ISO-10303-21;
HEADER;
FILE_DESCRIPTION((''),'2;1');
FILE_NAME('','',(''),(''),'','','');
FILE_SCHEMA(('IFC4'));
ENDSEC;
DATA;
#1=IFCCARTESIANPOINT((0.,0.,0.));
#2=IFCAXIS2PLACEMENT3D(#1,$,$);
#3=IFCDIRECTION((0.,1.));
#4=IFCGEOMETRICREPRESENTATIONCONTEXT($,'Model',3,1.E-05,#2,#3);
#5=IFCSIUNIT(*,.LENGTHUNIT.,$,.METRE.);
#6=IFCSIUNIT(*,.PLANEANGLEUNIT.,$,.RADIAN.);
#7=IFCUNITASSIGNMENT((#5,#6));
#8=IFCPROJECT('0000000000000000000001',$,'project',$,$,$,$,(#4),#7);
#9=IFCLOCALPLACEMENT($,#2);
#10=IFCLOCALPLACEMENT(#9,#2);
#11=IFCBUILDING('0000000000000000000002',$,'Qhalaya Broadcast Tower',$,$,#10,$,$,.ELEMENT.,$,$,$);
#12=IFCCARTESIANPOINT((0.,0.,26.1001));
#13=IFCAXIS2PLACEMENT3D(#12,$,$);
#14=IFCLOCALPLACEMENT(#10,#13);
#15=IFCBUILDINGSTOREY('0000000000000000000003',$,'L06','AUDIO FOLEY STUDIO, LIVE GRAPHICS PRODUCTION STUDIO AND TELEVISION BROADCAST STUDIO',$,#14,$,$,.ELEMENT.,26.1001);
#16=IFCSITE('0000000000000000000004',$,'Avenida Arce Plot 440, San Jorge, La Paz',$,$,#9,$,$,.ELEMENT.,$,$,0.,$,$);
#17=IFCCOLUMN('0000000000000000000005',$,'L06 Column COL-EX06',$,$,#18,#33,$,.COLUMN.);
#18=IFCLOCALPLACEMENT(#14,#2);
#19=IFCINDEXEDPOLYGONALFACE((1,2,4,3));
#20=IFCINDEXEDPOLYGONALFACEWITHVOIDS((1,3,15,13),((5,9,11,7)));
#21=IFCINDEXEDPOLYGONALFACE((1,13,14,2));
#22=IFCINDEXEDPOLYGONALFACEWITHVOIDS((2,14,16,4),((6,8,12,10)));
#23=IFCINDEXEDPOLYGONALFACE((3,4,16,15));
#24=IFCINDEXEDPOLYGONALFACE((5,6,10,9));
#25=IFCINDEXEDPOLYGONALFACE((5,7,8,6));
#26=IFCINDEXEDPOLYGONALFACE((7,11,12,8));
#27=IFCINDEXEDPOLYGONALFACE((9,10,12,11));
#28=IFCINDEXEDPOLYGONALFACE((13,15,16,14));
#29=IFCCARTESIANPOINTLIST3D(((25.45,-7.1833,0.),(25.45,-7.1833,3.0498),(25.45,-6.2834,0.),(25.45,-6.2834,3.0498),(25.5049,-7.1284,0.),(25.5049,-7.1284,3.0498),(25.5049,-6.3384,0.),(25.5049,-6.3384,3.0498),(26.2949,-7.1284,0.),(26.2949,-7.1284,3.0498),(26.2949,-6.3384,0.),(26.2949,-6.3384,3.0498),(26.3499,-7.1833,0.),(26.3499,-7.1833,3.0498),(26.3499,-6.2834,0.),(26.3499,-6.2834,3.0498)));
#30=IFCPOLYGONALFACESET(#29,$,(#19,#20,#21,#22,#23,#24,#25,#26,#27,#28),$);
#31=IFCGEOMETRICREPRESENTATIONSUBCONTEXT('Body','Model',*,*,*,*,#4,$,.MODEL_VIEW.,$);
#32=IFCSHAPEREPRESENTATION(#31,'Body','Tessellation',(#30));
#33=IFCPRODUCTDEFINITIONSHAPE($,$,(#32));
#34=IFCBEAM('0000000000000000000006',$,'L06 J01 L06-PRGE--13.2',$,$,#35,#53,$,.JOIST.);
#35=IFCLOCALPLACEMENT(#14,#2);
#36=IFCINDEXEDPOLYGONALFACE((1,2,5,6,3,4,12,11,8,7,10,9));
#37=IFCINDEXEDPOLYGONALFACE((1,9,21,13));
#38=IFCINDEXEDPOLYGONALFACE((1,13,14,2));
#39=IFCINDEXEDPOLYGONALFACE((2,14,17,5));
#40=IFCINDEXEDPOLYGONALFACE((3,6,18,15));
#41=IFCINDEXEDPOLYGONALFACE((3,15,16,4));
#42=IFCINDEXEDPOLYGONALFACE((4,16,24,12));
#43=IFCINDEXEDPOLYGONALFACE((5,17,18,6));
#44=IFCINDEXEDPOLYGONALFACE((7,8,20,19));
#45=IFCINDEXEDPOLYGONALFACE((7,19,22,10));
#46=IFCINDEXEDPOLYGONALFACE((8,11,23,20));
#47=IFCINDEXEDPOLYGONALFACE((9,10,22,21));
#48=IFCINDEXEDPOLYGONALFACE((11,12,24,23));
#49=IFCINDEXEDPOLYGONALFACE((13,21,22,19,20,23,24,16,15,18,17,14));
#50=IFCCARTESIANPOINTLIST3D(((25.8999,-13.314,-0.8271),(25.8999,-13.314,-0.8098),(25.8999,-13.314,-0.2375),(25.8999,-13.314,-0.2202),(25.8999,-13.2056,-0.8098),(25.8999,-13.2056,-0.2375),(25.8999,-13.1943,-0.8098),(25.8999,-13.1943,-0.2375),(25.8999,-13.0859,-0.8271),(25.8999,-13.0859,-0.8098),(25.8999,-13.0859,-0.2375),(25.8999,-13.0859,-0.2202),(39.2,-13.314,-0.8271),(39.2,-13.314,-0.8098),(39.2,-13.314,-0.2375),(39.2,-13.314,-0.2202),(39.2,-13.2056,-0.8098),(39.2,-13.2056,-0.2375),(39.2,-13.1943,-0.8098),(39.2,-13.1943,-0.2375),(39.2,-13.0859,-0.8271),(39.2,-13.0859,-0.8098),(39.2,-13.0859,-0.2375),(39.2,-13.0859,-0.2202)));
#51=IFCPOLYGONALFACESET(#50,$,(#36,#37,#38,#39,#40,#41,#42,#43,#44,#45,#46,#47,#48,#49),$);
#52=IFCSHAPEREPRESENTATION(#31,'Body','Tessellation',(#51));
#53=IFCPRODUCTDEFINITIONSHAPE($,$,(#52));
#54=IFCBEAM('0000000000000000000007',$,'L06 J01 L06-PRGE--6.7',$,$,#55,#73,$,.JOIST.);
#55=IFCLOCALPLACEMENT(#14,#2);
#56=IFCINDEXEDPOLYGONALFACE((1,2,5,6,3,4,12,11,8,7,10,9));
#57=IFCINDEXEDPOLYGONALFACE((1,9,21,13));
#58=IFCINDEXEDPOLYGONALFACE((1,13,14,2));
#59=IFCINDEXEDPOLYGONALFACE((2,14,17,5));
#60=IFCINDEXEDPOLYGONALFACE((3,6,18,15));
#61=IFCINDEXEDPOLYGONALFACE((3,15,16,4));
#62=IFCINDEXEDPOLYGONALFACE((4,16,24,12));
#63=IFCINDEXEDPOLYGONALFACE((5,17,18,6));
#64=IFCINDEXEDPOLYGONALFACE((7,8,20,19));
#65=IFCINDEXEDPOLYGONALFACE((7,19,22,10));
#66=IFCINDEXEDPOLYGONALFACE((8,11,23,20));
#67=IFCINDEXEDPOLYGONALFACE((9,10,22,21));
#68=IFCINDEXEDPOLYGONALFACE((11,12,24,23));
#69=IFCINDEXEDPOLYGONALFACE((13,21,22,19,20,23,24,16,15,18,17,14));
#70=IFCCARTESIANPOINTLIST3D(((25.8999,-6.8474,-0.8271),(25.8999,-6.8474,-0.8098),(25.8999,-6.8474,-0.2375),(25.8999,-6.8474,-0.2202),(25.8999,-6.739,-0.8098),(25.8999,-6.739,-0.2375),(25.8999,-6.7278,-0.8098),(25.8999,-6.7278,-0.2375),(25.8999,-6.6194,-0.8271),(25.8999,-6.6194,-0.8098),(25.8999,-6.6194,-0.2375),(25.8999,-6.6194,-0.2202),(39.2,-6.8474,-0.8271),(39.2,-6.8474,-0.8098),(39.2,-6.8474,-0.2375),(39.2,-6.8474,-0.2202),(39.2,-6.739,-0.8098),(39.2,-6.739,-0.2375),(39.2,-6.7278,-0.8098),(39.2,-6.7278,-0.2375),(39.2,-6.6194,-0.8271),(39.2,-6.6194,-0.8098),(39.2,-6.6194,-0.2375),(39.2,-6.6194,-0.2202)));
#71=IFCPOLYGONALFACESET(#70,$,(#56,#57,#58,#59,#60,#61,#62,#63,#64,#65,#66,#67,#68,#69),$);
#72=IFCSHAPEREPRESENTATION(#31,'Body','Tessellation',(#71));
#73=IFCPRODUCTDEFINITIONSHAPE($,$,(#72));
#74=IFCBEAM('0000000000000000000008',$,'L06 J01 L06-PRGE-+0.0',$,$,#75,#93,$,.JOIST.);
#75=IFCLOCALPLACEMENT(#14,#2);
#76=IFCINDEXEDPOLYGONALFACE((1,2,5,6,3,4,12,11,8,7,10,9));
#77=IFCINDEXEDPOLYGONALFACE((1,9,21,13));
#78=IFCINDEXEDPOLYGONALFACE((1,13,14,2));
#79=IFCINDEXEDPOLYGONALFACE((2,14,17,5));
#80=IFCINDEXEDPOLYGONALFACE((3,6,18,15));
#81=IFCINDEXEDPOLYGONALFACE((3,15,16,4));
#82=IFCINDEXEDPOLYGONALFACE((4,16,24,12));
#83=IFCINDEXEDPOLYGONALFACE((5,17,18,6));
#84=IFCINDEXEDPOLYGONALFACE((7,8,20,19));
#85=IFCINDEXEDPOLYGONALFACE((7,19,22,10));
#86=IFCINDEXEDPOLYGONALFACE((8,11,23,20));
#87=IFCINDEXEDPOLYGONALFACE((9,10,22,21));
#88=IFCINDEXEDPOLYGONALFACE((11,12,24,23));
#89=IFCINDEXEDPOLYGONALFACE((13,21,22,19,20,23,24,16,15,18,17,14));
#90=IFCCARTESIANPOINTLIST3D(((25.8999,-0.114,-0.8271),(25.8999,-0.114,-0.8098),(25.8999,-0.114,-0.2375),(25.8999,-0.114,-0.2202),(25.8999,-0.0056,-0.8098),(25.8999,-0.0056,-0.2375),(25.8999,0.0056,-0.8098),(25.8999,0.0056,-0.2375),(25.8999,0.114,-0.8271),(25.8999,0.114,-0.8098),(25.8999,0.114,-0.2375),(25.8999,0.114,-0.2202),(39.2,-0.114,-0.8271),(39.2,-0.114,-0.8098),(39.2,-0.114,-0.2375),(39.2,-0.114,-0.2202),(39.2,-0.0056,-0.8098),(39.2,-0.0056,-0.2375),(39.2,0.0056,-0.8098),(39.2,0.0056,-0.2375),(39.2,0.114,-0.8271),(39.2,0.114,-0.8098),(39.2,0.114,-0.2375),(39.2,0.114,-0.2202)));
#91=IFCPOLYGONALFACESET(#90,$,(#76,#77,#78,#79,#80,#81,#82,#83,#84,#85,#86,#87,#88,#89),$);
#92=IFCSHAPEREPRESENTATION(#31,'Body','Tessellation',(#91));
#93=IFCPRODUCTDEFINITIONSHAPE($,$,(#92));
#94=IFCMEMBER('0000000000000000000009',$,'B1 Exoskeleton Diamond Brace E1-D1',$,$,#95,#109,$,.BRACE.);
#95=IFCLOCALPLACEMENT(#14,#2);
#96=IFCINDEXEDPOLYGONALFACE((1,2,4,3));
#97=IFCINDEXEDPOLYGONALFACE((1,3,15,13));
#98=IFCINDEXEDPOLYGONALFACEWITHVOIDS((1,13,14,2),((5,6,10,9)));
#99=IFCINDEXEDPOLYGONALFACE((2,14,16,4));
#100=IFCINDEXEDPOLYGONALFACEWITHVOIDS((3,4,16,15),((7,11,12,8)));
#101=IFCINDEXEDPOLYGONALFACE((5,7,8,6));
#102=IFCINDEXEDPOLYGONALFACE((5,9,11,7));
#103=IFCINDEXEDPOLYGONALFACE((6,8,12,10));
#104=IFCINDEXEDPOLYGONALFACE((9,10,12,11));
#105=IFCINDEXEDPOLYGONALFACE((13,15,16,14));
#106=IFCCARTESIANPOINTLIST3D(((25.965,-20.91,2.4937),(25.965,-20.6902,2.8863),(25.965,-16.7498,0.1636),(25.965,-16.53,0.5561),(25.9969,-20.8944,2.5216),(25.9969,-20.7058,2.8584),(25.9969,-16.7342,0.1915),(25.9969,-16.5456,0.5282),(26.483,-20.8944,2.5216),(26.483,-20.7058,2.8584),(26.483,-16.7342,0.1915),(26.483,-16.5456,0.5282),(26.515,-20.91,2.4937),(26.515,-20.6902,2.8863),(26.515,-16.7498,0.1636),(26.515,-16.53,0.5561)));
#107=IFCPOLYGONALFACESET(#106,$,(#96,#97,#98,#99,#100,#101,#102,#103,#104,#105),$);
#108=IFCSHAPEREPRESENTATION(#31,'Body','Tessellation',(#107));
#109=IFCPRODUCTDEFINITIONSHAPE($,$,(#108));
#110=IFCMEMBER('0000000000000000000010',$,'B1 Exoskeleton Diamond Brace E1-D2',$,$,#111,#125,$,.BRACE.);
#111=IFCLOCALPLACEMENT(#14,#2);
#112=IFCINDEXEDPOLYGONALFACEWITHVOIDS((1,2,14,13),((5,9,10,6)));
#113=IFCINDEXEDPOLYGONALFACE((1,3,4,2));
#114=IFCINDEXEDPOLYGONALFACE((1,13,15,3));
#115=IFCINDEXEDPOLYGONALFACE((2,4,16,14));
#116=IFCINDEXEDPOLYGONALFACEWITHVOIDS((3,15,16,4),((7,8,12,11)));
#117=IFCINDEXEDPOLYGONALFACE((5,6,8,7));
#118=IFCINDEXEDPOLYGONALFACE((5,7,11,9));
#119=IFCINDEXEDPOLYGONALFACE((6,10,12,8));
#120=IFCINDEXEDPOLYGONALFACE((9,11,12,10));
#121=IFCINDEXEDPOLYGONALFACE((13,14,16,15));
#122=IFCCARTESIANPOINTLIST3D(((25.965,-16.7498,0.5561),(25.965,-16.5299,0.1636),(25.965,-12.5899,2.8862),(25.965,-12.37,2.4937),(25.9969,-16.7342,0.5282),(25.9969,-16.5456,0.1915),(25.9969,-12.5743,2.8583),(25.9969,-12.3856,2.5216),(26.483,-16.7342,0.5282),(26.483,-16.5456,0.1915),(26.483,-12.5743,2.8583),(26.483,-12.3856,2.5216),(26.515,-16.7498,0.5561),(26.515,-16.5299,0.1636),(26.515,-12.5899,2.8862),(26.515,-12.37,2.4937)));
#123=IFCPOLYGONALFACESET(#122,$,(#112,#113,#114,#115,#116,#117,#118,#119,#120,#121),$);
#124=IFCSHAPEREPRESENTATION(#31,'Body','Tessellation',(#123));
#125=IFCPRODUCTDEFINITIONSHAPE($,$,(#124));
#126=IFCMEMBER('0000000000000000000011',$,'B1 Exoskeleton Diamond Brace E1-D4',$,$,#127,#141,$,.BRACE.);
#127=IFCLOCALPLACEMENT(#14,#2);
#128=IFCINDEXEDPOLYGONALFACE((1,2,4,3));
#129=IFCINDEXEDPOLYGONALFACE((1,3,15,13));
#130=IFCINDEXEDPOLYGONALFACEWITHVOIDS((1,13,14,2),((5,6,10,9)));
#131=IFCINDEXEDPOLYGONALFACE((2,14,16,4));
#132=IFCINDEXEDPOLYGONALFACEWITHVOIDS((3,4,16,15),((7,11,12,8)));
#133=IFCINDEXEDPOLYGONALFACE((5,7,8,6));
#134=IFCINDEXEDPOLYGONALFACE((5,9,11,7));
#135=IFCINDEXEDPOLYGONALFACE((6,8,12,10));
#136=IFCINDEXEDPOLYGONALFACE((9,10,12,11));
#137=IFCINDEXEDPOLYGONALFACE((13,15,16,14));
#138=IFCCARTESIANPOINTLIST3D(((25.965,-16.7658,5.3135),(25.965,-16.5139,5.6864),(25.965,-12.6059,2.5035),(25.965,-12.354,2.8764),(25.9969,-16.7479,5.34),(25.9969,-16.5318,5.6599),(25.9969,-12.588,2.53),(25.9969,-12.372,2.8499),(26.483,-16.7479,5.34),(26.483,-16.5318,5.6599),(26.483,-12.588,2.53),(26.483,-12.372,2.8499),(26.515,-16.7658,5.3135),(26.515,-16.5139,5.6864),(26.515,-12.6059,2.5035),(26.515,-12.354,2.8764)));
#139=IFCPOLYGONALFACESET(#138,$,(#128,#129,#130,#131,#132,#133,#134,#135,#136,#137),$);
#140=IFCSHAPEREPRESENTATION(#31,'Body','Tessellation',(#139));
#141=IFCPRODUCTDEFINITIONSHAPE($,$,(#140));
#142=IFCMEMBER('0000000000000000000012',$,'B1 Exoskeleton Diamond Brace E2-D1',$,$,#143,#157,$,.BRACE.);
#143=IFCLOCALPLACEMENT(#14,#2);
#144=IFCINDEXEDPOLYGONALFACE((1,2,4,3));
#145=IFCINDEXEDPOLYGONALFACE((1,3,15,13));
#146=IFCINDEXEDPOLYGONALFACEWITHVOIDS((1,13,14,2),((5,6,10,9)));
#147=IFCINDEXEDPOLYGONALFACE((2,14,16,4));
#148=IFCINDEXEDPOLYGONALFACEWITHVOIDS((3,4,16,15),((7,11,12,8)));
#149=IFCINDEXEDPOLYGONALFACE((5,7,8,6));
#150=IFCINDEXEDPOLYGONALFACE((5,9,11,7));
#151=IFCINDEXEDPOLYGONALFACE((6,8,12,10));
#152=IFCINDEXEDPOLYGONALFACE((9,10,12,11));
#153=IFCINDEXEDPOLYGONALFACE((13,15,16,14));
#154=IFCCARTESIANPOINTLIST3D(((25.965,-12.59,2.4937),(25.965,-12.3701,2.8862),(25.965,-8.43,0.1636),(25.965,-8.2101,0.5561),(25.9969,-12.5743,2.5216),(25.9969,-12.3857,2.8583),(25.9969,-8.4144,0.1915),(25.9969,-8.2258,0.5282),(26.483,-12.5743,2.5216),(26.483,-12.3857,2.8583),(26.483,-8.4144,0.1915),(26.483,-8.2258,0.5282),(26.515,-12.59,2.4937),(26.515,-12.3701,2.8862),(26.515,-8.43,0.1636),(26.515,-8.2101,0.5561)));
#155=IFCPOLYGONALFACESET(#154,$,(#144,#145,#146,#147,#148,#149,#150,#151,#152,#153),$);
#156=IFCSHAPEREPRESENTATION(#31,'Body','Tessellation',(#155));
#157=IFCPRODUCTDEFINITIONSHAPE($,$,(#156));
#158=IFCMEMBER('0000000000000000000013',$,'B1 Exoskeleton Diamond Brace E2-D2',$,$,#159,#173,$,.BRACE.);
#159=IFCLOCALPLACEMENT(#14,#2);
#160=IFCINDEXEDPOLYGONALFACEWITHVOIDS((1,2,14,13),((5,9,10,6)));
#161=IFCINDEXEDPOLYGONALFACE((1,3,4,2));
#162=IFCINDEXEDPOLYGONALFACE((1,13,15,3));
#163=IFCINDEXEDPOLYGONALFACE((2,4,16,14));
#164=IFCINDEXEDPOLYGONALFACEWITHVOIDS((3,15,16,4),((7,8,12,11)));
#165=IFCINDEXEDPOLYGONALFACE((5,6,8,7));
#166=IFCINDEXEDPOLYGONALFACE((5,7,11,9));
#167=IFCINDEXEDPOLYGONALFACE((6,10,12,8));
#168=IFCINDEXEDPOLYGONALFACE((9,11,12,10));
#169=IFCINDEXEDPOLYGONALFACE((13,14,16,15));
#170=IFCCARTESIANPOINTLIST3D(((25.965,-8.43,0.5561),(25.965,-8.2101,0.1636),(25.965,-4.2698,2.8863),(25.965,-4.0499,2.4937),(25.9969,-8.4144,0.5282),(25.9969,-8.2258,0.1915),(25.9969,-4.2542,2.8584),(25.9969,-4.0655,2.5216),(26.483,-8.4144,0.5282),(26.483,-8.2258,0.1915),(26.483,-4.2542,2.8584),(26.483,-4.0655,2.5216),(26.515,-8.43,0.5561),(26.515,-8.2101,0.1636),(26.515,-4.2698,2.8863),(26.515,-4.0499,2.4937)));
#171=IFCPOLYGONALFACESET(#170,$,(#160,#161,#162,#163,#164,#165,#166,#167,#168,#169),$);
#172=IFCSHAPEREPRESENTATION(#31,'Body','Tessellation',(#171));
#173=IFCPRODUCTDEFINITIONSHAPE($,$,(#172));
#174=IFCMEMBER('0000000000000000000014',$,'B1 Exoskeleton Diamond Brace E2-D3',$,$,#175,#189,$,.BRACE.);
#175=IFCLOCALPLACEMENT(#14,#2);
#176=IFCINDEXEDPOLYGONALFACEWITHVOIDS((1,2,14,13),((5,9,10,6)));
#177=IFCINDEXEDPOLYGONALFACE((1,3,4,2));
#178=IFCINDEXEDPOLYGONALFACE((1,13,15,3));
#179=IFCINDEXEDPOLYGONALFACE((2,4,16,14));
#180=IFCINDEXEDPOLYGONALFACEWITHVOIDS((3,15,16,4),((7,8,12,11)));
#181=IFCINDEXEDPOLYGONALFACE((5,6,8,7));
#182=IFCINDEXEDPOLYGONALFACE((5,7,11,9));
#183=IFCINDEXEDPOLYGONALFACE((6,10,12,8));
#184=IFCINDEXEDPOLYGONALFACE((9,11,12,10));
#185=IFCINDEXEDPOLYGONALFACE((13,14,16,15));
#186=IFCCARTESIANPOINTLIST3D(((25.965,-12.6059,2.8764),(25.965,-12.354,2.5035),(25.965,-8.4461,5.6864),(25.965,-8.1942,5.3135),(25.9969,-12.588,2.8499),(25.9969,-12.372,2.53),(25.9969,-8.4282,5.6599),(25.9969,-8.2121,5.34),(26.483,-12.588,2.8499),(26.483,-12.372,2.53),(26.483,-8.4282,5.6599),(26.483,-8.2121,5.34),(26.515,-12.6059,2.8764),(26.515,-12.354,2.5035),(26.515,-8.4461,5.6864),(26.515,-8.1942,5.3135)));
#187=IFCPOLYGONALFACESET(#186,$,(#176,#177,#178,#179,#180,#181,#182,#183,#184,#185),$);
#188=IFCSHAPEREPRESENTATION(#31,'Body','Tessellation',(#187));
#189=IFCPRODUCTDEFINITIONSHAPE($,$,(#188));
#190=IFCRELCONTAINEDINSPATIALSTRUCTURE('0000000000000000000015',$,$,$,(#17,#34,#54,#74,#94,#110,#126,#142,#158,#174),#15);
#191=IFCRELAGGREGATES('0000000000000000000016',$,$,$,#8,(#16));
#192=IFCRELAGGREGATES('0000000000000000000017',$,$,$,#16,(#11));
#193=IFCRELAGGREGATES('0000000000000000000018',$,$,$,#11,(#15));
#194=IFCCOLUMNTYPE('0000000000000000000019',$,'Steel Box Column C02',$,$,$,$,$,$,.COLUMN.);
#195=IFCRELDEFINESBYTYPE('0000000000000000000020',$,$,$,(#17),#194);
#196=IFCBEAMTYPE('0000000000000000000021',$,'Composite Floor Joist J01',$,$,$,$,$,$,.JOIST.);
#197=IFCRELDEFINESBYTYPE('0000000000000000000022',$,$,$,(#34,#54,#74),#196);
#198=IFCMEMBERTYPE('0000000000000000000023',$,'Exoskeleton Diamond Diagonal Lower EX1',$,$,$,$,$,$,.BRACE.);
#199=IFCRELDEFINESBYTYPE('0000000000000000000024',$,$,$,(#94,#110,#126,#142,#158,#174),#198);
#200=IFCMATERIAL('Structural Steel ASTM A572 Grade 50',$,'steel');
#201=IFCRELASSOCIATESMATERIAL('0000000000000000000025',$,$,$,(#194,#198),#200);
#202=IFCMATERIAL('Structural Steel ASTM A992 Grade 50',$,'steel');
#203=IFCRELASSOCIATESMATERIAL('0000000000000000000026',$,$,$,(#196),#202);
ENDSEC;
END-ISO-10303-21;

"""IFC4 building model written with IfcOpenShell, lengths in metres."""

from ifc_helpers import new_model, si_unit, direction, frame, origin, origin_2d, place, context, subcontext, project, spatial, hollow_rectangle, i_section, extrude, material, material_profile, profile_set, type_object, element, save


model = new_model("IFC4")

# Units and contexts
model_context = context("Model", 3, precision=1e-05, world=origin(), true_north=direction((0.0, 1.0)))
body_context = subcontext(model_context, "Body", "Model", "MODEL_VIEW")
ifc_project = project(units=[si_unit("LENGTHUNIT", "METRE"), si_unit("PLANEANGLEUNIT", "RADIAN")], contexts=[model_context])

# Site, building, storey
site_placement = place(None, origin())
site = spatial("IfcSite", under=ifc_project, at=site_placement, Name="Avenida Arce Plot 440, San Jorge, La Paz", CompositionType="ELEMENT", RefElevation=0.0)
building_placement = place(site_placement, origin())
building = spatial("IfcBuilding", under=site, at=building_placement, Name="Qhalaya Broadcast Tower", CompositionType="ELEMENT")
storey_placement = place(building_placement, frame((0.0, 0.0, 26.1001)))
storey = spatial("IfcBuildingStorey", under=building, at=storey_placement, Name="L06", Description="AUDIO FOLEY STUDIO, LIVE GRAPHICS PRODUCTION STUDIO AND TELEVISION BROADCAST STUDIO", CompositionType="ELEMENT", Elevation=26.1001)

# Column
ifc_material_1 = material(Name="Structural Steel ASTM A572 Grade 50", Category="steel")
ifc_material_profile_1 = material_profile(ifc_material_1, hollow_rectangle(XDim=0.8999, YDim=0.8999, WallThickness=0.0549, at=origin_2d()), Name="BOX 900x900x55")
ifc_profile_set_1 = profile_set([ifc_material_profile_1], Name="Structural Steel ASTM A572 Grade 50")
column_type = type_object("IfcColumnType", Name="Steel Box Column C02", PredefinedType="COLUMN", material=ifc_profile_set_1)
column_placement = place(storey_placement, frame((25.8999, -6.7334, 0.0), z_axis=(0.0, 0.0, 1.0), x_axis=(0.0, 1.0, 0.0)))
element("IfcColumn", 1, at=column_placement, inside=storey, type_object=column_type, Name="L06 Column COL-EX06", PredefinedType="COLUMN", context=body_context, shape_type="SweptSolid", body=[
    extrude(hollow_rectangle(XDim=0.8999, YDim=0.8999, WallThickness=0.0549, at=origin_2d()), origin(), (0.0, 0.0, 1.0), 3.0498),
])

# Beams
ifc_material_2 = material(Name="Structural Steel ASTM A992 Grade 50", Category="steel")
ifc_material_profile_2 = material_profile(ifc_material_2, i_section(OverallWidth=0.228, OverallDepth=0.6069, WebThickness=0.0112, FlangeThickness=0.0173, at=origin_2d()), Name="W24X76")
ifc_profile_set_2 = profile_set([ifc_material_profile_2], Name="Structural Steel ASTM A992 Grade 50")
beam_type_1 = type_object("IfcBeamType", Name="Composite Floor Joist J01", PredefinedType="JOIST", material=ifc_profile_set_2)
for number, where, z_axis, x_axis, name in (
    (2, (25.8999, -13.2, -0.5237), (1.0, 0.0, 0.0), (0.0, 1.0, 0.0), "L06 J01 L06-PRGE--13.2"),
    (3, (25.8999, -6.7334, -0.5237), (1.0, 0.0, 0.0), (0.0, 1.0, 0.0), "L06 J01 L06-PRGE--6.7"),
    (4, (25.8999, 0.0, -0.5237), (1.0, 0.0, 0.0), (0.0, 1.0, 0.0), "L06 J01 L06-PRGE-+0.0"),
):
    element("IfcBeam", number, at=place(storey_placement, frame(where, z_axis=z_axis, x_axis=x_axis)), inside=storey, type_object=beam_type_1, Name=name, PredefinedType="JOIST", context=body_context, shape_type="SweptSolid", body=[
        extrude(i_section(OverallWidth=0.228, OverallDepth=0.6069, WebThickness=0.0112, FlangeThickness=0.0173, at=origin_2d()), origin(), (0.0, 0.0, 1.0), 13.3),
    ])

# Members
ifc_material_profile_3 = material_profile(ifc_material_1, hollow_rectangle(XDim=0.45, YDim=0.55, WallThickness=0.032, at=origin_2d()), Name="BOX 450x550x32")
ifc_profile_set_3 = profile_set([ifc_material_profile_3], Name="Structural Steel ASTM A572 Grade 50")
member_type = type_object("IfcMemberType", Name="Exoskeleton Diamond Diagonal Lower EX1", PredefinedType="BRACE", material=ifc_profile_set_3)
member_1_placement = place(storey_placement, frame((26.24, -16.6399, 0.3599), z_axis=(0.0, -0.872471, 0.488666), x_axis=(0.0, 0.488666, 0.872471)))
element("IfcMember", 5, at=member_1_placement, inside=storey, type_object=member_type, Name="B1 Exoskeleton Diamond Brace E1-D1", PredefinedType="BRACE", context=body_context, shape_type="SweptSolid", body=[
    extrude(hollow_rectangle(XDim=0.45, YDim=0.55, WallThickness=0.032, at=origin_2d()), origin(), (0.0, 0.0, 1.0), 4.7683),
])
member_2_placement = place(storey_placement, frame((26.24, -16.6399, 0.3599), z_axis=(0.0, 0.872459, 0.488688), x_axis=(0.0, -0.488688, 0.872459)))
element("IfcMember", 6, at=member_2_placement, inside=storey, type_object=member_type, Name="B1 Exoskeleton Diamond Brace E1-D2", PredefinedType="BRACE", context=body_context, shape_type="SweptSolid", body=[
    extrude(hollow_rectangle(XDim=0.45, YDim=0.55, WallThickness=0.032, at=origin_2d()), origin(), (0.0, 0.0, 1.0), 4.7681),
])
member_3_placement = place(storey_placement, frame((26.24, -12.48, 2.6899), z_axis=(0.0, -0.828653, 0.559763), x_axis=(0.0, 0.559763, 0.828653)))
element("IfcMember", 7, at=member_3_placement, inside=storey, type_object=member_type, Name="B1 Exoskeleton Diamond Brace E1-D4", PredefinedType="BRACE", context=body_context, shape_type="SweptSolid", body=[
    extrude(hollow_rectangle(XDim=0.45, YDim=0.55, WallThickness=0.032, at=origin_2d()), origin(), (0.0, 0.0, 1.0), 5.02),
])
member_4_placement = place(storey_placement, frame((26.24, -8.3201, 0.3599), z_axis=(0.0, -0.872459, 0.488688), x_axis=(0.0, 0.488688, 0.872459)))
element("IfcMember", 8, at=member_4_placement, inside=storey, type_object=member_type, Name="B1 Exoskeleton Diamond Brace E2-D1", PredefinedType="BRACE", context=body_context, shape_type="SweptSolid", body=[
    extrude(hollow_rectangle(XDim=0.45, YDim=0.55, WallThickness=0.032, at=origin_2d()), origin(), (0.0, 0.0, 1.0), 4.7681),
])
member_5_placement = place(storey_placement, frame((26.24, -8.3201, 0.3599), z_axis=(0.0, 0.872471, 0.488666), x_axis=(0.0, -0.488666, 0.872471)))
element("IfcMember", 9, at=member_5_placement, inside=storey, type_object=member_type, Name="B1 Exoskeleton Diamond Brace E2-D2", PredefinedType="BRACE", context=body_context, shape_type="SweptSolid", body=[
    extrude(hollow_rectangle(XDim=0.45, YDim=0.55, WallThickness=0.032, at=origin_2d()), origin(), (0.0, 0.0, 1.0), 4.7683),
])
member_6_placement = place(storey_placement, frame((26.24, -12.48, 2.6899), z_axis=(0.0, 0.828653, 0.559763), x_axis=(0.0, -0.559763, 0.828653)))
element("IfcMember", 10, at=member_6_placement, inside=storey, type_object=member_type, Name="B1 Exoskeleton Diamond Brace E2-D3", PredefinedType="BRACE", context=body_context, shape_type="SweptSolid", body=[
    extrude(hollow_rectangle(XDim=0.45, YDim=0.55, WallThickness=0.032, at=origin_2d()), origin(), (0.0, 0.0, 1.0), 5.02),
])

save(model, "model.ifc")
